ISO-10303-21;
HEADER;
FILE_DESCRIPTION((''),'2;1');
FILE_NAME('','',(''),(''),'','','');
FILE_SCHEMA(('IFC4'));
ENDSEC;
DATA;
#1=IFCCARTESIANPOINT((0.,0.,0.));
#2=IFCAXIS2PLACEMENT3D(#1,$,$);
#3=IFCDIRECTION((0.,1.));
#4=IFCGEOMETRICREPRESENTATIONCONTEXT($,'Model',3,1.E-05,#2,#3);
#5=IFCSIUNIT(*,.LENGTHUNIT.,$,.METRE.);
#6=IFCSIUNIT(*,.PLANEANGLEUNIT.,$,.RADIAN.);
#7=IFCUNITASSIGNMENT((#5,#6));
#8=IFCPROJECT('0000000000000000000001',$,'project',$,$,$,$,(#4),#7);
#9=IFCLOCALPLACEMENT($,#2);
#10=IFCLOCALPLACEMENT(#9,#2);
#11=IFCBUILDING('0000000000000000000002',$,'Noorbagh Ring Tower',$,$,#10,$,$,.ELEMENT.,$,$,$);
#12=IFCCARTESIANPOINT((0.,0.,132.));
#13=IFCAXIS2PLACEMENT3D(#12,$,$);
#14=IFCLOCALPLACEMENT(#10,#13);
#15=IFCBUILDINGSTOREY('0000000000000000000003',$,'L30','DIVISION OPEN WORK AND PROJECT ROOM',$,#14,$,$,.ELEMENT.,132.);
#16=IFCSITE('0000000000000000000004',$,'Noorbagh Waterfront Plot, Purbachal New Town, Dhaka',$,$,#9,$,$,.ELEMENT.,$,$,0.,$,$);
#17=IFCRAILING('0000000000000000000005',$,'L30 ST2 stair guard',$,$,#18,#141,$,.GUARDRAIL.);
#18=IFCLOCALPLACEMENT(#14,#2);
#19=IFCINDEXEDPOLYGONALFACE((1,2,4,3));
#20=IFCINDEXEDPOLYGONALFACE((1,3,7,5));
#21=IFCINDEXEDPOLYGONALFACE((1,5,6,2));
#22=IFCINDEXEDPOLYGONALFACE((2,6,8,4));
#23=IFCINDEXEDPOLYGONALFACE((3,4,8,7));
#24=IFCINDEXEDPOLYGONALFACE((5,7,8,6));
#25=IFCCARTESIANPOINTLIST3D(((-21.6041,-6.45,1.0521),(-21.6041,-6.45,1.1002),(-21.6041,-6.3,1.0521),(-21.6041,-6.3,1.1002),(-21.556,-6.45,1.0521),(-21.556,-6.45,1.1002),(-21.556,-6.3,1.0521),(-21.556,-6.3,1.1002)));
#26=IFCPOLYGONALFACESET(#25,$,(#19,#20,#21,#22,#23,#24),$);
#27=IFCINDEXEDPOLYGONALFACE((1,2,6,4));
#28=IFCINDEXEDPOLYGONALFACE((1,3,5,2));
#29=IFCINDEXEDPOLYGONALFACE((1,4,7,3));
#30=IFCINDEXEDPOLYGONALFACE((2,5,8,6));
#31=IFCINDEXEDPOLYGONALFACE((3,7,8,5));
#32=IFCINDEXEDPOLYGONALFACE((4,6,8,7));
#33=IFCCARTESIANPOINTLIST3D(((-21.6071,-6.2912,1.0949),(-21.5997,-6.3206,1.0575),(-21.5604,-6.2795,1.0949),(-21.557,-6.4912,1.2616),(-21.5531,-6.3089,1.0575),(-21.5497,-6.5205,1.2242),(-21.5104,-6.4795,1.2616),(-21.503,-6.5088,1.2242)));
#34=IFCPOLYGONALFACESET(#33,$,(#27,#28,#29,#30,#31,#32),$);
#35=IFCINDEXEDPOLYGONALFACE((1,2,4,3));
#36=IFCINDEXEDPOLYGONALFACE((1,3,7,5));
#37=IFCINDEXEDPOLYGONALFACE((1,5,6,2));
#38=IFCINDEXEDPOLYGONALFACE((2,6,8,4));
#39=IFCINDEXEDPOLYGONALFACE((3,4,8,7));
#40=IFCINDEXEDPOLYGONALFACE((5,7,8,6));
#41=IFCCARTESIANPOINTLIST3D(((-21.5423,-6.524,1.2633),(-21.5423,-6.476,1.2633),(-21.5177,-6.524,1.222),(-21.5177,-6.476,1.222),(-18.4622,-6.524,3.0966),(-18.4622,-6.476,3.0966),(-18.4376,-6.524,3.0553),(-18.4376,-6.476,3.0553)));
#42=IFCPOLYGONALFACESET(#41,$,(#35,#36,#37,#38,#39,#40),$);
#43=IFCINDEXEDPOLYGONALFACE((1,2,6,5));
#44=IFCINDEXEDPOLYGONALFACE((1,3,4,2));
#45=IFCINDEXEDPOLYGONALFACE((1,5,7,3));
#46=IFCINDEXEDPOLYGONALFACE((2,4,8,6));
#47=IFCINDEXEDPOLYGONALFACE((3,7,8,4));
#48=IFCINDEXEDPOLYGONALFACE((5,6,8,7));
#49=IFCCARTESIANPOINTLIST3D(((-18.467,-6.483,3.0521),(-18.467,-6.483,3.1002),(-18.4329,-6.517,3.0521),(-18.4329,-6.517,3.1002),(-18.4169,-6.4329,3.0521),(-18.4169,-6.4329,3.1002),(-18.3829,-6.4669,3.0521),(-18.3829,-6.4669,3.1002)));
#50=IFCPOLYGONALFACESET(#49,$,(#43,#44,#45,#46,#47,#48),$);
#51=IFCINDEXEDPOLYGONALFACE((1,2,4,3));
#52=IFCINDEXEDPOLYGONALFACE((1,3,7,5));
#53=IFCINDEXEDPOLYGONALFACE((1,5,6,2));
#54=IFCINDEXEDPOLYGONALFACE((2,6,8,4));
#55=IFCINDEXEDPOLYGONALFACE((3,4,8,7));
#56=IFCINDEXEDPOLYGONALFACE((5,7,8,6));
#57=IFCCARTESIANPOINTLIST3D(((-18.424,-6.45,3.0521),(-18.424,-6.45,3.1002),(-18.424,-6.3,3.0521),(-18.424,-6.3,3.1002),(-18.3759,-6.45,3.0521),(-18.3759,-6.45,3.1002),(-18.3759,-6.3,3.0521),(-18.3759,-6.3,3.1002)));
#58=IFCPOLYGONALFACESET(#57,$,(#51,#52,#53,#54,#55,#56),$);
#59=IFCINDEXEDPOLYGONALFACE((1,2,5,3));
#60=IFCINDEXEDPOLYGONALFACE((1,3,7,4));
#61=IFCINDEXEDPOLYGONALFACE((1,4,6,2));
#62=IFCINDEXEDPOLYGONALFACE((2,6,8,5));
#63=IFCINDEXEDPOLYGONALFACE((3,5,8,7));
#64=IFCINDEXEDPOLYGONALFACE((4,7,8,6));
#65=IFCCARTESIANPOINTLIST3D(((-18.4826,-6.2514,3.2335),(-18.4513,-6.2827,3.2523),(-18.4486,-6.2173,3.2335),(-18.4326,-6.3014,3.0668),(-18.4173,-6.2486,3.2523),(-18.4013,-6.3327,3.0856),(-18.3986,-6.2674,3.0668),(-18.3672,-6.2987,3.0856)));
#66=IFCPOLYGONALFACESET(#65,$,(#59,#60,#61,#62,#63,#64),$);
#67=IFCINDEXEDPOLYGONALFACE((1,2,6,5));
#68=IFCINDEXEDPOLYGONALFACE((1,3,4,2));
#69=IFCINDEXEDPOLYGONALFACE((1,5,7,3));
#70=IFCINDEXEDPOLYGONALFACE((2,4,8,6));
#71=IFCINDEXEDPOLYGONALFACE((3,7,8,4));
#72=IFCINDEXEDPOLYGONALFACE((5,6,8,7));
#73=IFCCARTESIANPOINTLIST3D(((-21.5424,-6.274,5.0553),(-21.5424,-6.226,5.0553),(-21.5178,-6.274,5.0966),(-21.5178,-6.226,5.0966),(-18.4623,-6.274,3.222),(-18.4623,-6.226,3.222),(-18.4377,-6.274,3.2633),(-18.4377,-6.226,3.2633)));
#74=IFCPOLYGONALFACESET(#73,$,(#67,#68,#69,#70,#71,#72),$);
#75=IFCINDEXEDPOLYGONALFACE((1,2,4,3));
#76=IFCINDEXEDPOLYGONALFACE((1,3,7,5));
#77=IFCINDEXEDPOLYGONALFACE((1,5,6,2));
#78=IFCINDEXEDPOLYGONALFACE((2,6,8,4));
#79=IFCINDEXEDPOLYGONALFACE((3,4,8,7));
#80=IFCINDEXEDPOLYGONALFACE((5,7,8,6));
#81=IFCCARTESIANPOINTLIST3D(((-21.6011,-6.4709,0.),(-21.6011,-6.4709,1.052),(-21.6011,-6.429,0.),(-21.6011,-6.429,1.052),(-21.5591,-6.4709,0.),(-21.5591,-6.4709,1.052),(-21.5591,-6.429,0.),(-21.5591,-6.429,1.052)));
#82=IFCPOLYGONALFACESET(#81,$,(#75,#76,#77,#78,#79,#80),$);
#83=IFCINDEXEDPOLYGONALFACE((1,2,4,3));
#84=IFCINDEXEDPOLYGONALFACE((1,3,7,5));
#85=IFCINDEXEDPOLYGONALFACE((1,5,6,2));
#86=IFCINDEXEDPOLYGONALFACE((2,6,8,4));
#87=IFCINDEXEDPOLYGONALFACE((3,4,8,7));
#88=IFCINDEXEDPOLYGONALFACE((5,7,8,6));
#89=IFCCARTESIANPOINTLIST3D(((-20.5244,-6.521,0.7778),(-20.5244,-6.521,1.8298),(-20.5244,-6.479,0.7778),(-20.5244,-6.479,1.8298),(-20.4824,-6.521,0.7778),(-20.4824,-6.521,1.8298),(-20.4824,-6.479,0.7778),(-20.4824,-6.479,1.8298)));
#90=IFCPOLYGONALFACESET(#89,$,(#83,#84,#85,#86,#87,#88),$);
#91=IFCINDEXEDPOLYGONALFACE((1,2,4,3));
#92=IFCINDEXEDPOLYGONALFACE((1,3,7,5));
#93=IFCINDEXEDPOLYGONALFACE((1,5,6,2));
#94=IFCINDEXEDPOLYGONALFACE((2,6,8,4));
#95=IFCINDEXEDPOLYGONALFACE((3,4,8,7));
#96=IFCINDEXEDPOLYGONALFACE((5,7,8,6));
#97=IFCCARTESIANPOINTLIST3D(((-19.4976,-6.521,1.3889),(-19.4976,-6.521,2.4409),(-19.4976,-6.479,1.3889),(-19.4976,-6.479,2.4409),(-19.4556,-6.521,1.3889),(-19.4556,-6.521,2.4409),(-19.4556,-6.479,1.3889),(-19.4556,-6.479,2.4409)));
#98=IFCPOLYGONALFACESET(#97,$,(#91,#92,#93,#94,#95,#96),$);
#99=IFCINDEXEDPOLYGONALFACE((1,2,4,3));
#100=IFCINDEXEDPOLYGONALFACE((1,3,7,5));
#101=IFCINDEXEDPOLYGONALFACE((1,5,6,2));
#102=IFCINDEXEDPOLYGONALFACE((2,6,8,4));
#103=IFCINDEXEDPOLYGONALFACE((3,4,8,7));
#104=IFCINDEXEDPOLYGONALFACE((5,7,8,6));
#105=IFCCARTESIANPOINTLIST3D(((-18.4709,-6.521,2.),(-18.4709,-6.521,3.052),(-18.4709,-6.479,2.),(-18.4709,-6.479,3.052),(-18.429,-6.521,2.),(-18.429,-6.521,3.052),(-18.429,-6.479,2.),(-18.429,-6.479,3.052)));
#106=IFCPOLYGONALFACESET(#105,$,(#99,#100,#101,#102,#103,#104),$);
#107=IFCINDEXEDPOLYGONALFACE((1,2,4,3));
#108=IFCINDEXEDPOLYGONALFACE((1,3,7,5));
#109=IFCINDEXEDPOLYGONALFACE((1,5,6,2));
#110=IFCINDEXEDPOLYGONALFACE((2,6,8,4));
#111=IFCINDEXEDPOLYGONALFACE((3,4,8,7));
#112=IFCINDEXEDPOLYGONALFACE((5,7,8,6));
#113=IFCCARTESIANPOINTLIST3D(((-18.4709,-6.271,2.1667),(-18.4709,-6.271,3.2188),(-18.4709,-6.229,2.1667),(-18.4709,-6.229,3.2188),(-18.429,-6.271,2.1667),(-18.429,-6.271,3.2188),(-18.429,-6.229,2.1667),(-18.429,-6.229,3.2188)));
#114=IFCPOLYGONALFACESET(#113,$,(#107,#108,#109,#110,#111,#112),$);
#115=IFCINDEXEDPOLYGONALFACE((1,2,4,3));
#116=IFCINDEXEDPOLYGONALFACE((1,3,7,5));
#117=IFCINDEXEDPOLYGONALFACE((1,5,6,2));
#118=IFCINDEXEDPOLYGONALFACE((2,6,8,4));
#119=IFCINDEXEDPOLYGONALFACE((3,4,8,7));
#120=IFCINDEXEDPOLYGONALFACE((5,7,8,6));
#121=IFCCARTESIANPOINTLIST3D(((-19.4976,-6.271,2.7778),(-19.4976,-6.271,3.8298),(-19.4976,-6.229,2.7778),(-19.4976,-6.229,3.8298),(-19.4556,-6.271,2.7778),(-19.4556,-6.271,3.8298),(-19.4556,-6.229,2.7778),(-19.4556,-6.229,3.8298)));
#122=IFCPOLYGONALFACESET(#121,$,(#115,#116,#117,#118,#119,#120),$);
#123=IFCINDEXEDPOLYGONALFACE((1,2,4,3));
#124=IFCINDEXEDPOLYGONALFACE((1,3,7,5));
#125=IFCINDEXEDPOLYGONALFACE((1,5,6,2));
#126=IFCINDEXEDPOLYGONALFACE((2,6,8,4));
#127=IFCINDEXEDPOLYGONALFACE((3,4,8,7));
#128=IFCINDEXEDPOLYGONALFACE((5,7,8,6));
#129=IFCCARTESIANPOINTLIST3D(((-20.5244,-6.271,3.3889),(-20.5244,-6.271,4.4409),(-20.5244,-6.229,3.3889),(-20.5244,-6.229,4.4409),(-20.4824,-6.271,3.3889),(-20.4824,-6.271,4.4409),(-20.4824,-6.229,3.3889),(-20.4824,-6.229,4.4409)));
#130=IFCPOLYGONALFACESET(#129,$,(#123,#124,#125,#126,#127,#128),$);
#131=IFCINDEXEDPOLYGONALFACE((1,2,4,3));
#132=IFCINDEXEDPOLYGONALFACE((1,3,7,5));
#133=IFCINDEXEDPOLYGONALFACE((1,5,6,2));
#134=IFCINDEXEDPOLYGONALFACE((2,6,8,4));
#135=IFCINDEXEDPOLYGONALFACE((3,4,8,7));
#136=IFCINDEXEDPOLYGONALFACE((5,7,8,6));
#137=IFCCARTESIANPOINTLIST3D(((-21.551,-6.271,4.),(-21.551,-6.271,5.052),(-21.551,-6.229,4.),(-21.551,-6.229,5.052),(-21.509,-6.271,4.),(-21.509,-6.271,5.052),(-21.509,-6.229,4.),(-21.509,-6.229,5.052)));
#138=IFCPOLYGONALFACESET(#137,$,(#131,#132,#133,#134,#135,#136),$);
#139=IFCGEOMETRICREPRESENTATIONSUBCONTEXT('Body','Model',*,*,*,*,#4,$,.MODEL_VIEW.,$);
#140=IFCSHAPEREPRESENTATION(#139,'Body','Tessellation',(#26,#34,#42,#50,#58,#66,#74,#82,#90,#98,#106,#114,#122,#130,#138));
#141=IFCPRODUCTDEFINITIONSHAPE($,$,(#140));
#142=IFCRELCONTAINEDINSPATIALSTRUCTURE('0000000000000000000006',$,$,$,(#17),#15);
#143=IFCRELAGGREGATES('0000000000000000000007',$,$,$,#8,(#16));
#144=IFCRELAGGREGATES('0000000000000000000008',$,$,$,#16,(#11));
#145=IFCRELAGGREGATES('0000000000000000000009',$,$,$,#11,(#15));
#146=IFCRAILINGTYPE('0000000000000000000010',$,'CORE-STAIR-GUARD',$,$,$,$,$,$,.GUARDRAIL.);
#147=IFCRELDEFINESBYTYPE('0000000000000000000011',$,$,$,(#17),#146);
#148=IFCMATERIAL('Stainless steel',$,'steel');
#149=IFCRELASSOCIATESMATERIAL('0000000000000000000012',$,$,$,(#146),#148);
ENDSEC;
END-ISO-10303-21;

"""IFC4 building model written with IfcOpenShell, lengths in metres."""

from ifc_helpers import new_model, si_unit, direction, frame, origin, origin_2d, place, context, subcontext, project, spatial, rectangle, extrude, material, type_object, element, save


model = new_model("IFC4")

# Units and contexts
model_context = context("Model", 3, precision=1e-05, world=origin(), true_north=direction((0.0, 1.0)))
body_context = subcontext(model_context, "Body", "Model", "MODEL_VIEW")
ifc_project = project(units=[si_unit("LENGTHUNIT", "METRE"), si_unit("PLANEANGLEUNIT", "RADIAN")], contexts=[model_context])

# Site, building, storey
site_placement = place(None, origin())
site = spatial("IfcSite", under=ifc_project, at=site_placement, Name="Noorbagh Waterfront Plot, Purbachal New Town, Dhaka", CompositionType="ELEMENT", RefElevation=0.0)
building_placement = place(site_placement, origin())
building = spatial("IfcBuilding", under=site, at=building_placement, Name="Noorbagh Ring Tower", CompositionType="ELEMENT")
storey_placement = place(building_placement, frame((0.0, 0.0, 132.0)))
storey = spatial("IfcBuildingStorey", under=building, at=storey_placement, Name="L30", Description="DIVISION OPEN WORK AND PROJECT ROOM", CompositionType="ELEMENT", Elevation=132.0)

# Railing
ifc_material_1 = material(Name="Stainless steel", Category="steel")
railing_type_1 = type_object("IfcRailingType", Name="CORE-STAIR-GUARD", PredefinedType="GUARDRAIL", material=ifc_material_1)
railing_1_placement = place(storey_placement, frame((-21.5801, -6.45, 0.0)))
element("IfcRailing", 1, at=railing_1_placement, inside=storey, type_object=railing_type_1, Name="L30 ST2 stair guard", PredefinedType="GUARDRAIL", context=body_context, shape_type="SweptSolid", body=[
    extrude(rectangle(XDim=0.0481, YDim=0.0481, at=origin_2d()), frame((0.0, 0.0, 1.0762), z_axis=(0.0, 1.0, 0.0), x_axis=(-1.0, 0.0, 0.0)), (0.0, 0.0, 1.0), 0.1499),
    extrude(rectangle(XDim=0.0481, YDim=0.0481, at=origin_2d()), frame((0.0, 0.1499, 1.0762), z_axis=(0.188776, -0.754182, 0.628946), x_axis=(0.970073, 0.242814, 0.0)), (0.0, 0.0, 1.0), 0.2651),
    extrude(rectangle(XDim=0.0481, YDim=0.0481, at=origin_2d()), frame((0.05, -0.05, 1.2427), z_axis=(0.859309, 0.0, 0.511458), x_axis=(0.0, 1.0, 0.0)), (0.0, 0.0, 1.0), 3.5845),
    extrude(rectangle(XDim=0.0481, YDim=0.0481, at=origin_2d()), frame((3.1301, -0.05, 3.0762), z_axis=(0.707107, 0.707107, 0.0), x_axis=(-0.707107, 0.707107, 0.0)), (0.0, 0.0, 1.0), 0.0708),
    extrude(rectangle(XDim=0.0481, YDim=0.0481, at=origin_2d()), frame((3.1802, 0.0, 3.0762), z_axis=(0.0, 1.0, 0.0), x_axis=(-1.0, 0.0, 0.0)), (0.0, 0.0, 1.0), 0.1499),
    extrude(rectangle(XDim=0.0481, YDim=0.0481, at=origin_2d()), frame((3.1802, 0.1499, 3.0762), z_axis=(-0.276287, 0.276287, 0.920506), x_axis=(-0.707107, -0.707107, 0.0)), (0.0, 0.0, 1.0), 0.1812),
    extrude(rectangle(XDim=0.0481, YDim=0.0481, at=origin_2d()), frame((3.1301, 0.2, 3.2427), z_axis=(-0.859309, 0.0, 0.511458), x_axis=(0.0, -1.0, 0.0)), (0.0, 0.0, 1.0), 3.5845),
    extrude(rectangle(XDim=0.042, YDim=0.042, at=origin_2d()), origin(), (0.0, 0.0, 1.0), 1.052),
    extrude(rectangle(XDim=0.042, YDim=0.042, at=origin_2d()), frame((1.0767, -0.05, 0.7778)), (0.0, 0.0, 1.0), 1.052),
    extrude(rectangle(XDim=0.042, YDim=0.042, at=origin_2d()), frame((2.1035, -0.05, 1.3889)), (0.0, 0.0, 1.0), 1.052),
    extrude(rectangle(XDim=0.042, YDim=0.042, at=origin_2d()), frame((3.1301, -0.05, 2.0)), (0.0, 0.0, 1.0), 1.052),
    extrude(rectangle(XDim=0.042, YDim=0.042, at=origin_2d()), frame((3.1301, 0.2, 2.1667)), (0.0, 0.0, 1.0), 1.052),
    extrude(rectangle(XDim=0.042, YDim=0.042, at=origin_2d()), frame((2.1035, 0.2, 2.7778)), (0.0, 0.0, 1.0), 1.052),
    extrude(rectangle(XDim=0.042, YDim=0.042, at=origin_2d()), frame((1.0767, 0.2, 3.3889)), (0.0, 0.0, 1.0), 1.052),
    extrude(rectangle(XDim=0.042, YDim=0.042, at=origin_2d()), frame((0.05, 0.2, 4.0)), (0.0, 0.0, 1.0), 1.052),
])

save(model, "model.ifc")
